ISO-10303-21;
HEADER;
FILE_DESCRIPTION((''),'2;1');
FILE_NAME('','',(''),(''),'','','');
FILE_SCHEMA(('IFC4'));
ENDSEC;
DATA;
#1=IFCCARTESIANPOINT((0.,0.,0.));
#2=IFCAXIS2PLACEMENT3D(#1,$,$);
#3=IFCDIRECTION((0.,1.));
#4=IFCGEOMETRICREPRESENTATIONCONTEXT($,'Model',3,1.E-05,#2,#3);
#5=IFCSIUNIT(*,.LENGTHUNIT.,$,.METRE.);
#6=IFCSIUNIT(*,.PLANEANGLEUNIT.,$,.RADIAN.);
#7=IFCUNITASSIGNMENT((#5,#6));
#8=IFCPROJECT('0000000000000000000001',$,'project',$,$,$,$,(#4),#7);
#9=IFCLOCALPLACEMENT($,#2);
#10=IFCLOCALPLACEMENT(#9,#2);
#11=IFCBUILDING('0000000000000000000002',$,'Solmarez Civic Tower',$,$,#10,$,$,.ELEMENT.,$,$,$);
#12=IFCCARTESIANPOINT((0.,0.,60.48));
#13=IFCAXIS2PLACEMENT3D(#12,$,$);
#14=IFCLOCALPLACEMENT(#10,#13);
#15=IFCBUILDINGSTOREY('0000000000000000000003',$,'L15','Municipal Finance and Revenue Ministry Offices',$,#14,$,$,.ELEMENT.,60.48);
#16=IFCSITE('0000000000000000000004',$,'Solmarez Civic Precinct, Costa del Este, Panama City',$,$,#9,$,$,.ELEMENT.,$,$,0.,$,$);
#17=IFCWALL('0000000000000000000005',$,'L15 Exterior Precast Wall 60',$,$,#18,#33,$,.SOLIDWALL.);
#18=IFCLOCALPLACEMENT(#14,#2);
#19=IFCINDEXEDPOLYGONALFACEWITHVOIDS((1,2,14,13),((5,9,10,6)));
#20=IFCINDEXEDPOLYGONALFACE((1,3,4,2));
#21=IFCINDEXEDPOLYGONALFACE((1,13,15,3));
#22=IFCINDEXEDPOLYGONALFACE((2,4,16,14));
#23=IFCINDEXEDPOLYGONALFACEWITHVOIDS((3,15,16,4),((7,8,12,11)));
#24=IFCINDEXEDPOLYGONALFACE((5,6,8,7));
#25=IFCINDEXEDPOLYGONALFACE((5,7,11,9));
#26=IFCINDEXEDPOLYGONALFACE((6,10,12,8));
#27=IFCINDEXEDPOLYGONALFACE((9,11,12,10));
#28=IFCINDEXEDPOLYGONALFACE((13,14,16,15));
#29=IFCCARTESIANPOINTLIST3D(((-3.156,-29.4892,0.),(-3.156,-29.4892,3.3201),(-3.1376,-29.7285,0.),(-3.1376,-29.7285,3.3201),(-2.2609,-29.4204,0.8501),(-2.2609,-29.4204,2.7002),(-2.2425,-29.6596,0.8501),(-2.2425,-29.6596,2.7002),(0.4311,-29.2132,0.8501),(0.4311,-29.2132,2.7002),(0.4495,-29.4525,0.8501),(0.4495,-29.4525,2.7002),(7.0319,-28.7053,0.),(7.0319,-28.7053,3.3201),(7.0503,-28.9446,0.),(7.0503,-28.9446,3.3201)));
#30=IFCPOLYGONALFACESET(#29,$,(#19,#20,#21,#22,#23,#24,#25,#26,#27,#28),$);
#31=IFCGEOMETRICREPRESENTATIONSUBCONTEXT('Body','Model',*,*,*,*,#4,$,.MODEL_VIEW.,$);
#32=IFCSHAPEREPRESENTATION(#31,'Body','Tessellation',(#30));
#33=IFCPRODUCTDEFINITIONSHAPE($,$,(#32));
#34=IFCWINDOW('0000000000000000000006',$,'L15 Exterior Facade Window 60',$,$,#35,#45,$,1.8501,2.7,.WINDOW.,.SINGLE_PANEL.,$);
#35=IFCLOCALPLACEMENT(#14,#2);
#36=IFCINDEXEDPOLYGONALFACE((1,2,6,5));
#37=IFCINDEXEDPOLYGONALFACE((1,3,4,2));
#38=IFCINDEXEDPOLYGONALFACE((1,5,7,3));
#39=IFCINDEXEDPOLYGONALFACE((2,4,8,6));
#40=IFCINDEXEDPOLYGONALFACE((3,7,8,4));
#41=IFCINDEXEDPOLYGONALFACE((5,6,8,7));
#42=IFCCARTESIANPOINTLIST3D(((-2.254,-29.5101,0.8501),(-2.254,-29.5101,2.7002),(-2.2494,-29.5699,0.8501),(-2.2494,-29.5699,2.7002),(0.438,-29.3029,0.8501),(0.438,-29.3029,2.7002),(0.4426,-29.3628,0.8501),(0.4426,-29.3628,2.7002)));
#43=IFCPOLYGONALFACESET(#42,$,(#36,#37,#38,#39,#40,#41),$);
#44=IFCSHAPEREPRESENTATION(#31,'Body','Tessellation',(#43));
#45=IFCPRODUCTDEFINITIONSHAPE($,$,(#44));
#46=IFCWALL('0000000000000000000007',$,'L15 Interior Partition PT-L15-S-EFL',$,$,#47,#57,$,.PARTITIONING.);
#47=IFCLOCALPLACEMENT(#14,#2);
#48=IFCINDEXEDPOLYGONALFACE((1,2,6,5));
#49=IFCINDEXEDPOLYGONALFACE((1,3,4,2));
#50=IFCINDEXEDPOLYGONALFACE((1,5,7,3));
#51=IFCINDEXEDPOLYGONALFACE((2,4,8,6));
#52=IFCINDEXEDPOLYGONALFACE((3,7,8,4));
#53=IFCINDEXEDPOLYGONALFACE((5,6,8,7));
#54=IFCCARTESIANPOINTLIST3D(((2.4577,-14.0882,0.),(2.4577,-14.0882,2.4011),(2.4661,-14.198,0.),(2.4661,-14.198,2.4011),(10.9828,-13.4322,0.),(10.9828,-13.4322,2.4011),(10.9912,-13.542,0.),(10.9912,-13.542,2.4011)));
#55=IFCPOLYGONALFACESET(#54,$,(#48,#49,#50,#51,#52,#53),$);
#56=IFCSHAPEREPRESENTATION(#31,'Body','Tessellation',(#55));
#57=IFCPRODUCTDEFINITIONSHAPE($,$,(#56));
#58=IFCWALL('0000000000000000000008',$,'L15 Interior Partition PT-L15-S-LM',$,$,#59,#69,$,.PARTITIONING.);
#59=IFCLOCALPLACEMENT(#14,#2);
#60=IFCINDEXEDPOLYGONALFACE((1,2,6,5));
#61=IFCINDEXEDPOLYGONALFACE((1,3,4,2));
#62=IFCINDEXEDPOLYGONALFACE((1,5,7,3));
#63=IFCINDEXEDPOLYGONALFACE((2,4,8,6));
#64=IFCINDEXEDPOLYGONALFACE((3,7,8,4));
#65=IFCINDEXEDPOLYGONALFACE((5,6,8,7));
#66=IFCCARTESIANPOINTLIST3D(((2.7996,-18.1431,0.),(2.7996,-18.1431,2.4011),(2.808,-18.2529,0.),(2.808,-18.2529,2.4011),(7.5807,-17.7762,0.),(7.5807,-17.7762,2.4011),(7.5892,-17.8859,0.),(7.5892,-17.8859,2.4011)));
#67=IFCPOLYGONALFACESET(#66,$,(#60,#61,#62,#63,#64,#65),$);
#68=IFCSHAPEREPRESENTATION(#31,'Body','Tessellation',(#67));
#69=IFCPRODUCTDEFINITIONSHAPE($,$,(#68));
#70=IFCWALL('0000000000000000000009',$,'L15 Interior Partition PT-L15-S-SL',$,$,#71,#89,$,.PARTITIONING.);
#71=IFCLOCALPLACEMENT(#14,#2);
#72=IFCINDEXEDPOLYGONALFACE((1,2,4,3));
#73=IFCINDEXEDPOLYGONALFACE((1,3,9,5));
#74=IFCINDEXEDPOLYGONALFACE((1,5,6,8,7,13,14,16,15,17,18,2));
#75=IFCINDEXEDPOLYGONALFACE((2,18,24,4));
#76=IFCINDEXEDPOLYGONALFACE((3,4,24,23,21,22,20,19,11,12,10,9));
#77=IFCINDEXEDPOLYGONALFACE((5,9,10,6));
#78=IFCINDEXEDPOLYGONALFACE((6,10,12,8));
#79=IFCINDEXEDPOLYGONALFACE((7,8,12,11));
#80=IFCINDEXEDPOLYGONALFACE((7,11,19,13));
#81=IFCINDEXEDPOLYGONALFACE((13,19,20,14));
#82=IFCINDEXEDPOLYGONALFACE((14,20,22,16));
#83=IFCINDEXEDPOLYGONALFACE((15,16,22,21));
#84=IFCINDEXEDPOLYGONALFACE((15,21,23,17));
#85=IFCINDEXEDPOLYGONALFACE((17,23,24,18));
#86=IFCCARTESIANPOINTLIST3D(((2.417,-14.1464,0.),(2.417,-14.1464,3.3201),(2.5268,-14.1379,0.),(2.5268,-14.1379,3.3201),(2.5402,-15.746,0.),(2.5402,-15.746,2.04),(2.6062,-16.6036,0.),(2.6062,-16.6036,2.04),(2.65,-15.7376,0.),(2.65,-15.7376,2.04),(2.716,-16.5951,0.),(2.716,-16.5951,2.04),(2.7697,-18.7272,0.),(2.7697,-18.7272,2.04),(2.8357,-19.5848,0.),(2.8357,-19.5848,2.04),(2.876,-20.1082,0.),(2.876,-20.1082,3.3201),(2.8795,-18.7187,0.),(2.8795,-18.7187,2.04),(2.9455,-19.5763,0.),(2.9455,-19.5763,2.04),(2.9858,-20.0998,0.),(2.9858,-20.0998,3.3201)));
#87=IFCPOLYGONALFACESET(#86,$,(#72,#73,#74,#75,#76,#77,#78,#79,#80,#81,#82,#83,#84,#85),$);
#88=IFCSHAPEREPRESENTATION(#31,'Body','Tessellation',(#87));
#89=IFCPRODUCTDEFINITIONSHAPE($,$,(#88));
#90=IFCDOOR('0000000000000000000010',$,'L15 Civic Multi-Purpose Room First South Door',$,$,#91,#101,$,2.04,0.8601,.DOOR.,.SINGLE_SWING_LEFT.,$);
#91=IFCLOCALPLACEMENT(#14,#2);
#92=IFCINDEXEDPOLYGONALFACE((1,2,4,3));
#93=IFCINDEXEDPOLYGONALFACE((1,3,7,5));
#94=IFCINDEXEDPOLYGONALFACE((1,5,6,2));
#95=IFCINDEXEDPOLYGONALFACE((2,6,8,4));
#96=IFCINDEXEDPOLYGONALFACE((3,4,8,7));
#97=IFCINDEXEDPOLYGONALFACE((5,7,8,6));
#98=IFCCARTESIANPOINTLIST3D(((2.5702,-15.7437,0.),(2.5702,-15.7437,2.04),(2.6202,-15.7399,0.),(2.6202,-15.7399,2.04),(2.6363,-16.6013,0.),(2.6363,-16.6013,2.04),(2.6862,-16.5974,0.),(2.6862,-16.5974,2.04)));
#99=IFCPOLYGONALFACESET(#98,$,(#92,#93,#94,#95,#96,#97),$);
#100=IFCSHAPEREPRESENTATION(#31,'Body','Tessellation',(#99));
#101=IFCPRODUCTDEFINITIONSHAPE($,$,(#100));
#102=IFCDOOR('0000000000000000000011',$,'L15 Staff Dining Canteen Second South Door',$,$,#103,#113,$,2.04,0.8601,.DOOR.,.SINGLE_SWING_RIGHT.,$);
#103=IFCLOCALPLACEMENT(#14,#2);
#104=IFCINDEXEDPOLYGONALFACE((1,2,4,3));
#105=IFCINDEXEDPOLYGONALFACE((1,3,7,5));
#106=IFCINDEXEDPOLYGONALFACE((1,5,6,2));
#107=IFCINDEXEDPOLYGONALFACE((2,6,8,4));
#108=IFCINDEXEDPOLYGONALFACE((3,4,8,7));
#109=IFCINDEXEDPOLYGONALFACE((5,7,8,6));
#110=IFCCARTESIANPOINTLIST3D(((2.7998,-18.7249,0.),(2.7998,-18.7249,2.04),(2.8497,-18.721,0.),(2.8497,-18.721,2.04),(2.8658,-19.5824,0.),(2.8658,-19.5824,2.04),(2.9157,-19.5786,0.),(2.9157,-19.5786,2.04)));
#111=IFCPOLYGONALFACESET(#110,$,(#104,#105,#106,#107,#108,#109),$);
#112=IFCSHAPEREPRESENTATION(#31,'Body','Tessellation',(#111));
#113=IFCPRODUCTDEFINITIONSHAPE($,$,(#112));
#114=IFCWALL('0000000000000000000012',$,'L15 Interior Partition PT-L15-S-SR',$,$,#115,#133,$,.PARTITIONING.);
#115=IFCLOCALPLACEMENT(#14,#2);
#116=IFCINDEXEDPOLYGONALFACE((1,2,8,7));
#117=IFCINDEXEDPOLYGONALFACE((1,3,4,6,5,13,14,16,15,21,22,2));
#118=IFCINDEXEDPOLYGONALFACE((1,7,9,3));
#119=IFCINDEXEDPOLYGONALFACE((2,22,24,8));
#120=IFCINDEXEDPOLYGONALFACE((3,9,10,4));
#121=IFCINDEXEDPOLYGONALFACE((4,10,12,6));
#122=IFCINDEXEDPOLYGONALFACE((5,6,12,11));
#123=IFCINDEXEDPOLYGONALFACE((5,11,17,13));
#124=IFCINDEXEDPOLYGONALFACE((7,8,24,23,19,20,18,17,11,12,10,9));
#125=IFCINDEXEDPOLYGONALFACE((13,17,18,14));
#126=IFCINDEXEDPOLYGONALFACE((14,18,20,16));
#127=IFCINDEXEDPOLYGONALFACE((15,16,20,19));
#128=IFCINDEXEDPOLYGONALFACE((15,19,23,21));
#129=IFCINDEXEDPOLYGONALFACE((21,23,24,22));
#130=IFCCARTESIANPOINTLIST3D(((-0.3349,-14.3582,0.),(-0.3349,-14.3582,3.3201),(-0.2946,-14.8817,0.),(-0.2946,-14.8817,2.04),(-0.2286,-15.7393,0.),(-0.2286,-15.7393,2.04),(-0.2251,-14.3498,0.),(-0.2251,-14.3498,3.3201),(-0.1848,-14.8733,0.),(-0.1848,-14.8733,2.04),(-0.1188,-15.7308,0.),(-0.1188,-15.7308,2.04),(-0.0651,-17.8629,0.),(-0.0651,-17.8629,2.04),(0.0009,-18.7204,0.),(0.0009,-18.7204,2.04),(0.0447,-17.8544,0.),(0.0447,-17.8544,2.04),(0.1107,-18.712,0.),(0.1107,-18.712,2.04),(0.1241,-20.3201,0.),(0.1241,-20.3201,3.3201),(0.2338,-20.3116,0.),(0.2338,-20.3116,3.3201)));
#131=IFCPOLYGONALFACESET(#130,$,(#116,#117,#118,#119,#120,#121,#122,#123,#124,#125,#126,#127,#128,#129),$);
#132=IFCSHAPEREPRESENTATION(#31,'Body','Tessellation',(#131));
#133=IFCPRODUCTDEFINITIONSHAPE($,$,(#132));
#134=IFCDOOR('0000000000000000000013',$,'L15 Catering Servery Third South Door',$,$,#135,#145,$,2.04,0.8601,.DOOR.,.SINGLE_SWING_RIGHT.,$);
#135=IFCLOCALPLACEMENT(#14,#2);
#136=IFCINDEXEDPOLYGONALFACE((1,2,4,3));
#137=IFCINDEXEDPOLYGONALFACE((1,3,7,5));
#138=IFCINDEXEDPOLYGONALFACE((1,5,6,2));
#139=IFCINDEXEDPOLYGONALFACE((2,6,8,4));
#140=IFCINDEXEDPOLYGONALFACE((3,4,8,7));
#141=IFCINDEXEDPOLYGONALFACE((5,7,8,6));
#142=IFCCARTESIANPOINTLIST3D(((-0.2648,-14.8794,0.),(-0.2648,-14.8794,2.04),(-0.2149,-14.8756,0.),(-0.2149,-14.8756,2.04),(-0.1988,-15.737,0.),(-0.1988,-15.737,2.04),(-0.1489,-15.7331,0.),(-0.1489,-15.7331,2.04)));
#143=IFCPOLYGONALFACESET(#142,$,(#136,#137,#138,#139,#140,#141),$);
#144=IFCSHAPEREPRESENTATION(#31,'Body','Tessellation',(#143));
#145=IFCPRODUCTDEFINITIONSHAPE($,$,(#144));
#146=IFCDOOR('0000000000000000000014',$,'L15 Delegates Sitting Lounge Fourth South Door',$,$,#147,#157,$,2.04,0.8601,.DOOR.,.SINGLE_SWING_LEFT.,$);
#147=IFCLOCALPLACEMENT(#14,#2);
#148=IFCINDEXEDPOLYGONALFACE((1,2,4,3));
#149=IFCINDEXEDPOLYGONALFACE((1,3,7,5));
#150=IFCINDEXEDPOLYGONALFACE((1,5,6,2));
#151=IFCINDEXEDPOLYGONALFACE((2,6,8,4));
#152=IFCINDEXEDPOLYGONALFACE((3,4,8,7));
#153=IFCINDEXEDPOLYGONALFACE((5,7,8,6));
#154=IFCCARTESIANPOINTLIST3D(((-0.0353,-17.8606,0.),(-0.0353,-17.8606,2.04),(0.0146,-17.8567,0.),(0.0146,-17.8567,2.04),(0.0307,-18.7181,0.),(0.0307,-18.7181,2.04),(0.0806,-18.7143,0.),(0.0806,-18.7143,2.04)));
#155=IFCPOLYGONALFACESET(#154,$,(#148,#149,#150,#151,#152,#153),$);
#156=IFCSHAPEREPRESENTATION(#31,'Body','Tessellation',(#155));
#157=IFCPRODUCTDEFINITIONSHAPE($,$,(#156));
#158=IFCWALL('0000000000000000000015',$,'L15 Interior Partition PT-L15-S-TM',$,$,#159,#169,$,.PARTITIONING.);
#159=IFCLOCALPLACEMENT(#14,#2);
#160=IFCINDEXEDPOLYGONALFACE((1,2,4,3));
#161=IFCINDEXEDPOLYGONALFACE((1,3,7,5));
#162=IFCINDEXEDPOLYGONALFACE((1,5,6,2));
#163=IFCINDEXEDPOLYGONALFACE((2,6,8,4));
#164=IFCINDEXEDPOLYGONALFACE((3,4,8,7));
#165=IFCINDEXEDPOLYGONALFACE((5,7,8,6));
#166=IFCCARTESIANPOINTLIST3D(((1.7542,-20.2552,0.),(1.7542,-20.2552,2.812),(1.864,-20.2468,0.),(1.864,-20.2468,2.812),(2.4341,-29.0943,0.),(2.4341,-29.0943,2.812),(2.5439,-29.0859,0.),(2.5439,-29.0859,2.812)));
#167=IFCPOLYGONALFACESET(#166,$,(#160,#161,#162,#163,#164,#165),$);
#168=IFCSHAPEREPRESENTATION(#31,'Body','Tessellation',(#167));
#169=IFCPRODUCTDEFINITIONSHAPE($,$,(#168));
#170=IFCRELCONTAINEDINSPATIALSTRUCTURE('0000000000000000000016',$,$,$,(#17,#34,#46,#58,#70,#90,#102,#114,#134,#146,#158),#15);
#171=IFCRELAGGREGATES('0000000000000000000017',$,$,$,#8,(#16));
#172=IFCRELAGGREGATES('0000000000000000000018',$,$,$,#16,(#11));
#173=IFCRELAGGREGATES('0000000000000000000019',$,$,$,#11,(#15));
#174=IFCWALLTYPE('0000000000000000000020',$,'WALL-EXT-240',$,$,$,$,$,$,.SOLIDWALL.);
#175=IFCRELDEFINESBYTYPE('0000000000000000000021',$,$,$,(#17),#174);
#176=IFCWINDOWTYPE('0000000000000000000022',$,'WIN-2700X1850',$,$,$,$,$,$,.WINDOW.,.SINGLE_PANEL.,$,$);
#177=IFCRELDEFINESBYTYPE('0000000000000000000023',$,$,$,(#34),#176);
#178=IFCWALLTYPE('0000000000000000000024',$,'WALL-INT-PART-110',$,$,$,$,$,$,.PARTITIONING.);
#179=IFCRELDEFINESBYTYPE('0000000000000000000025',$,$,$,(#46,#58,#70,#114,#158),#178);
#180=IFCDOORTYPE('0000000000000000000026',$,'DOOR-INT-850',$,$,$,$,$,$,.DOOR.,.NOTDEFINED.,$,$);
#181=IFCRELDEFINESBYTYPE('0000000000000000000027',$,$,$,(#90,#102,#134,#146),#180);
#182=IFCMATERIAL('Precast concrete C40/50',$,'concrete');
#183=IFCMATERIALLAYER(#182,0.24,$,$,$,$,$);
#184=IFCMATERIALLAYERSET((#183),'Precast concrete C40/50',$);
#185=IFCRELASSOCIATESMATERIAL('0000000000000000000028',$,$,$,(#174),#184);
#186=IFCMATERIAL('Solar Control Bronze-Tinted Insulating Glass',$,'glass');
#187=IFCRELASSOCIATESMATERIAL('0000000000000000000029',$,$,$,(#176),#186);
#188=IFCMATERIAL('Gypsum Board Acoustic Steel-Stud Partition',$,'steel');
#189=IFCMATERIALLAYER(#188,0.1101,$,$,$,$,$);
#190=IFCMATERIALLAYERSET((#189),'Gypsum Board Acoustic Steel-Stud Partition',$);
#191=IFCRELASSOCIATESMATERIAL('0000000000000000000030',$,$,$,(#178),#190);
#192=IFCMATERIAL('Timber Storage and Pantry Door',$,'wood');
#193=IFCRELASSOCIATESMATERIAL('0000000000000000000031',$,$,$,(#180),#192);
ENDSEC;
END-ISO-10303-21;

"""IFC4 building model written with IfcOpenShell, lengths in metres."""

from ifc_helpers import new_model, si_unit, direction, frame, frame_2d, origin, place, context, subcontext, project, spatial, rectangle, extrude, material, layer, layer_set, type_object, element, fill, save


model = new_model("IFC4")

# Units and contexts
model_context = context("Model", 3, precision=1e-05, world=origin(), true_north=direction((0.0, 1.0)))
body_context = subcontext(model_context, "Body", "Model", "MODEL_VIEW")
ifc_project = project(units=[si_unit("LENGTHUNIT", "METRE"), si_unit("PLANEANGLEUNIT", "RADIAN")], contexts=[model_context])

# Site, building, storey
site_placement = place(None, origin())
site = spatial("IfcSite", under=ifc_project, at=site_placement, Name="Solmarez Civic Precinct, Costa del Este, Panama City", CompositionType="ELEMENT", RefElevation=0.0)
building_placement = place(site_placement, origin())
building = spatial("IfcBuilding", under=site, at=building_placement, Name="Solmarez Civic Tower", CompositionType="ELEMENT")
storey_placement = place(building_placement, frame((0.0, 0.0, 60.48)))
storey = spatial("IfcBuildingStorey", under=building, at=storey_placement, Name="L15", Description="Municipal Finance and Revenue Ministry Offices", CompositionType="ELEMENT", Elevation=60.48)

# Shared definitions
ifc_material_1 = material(Name="Precast concrete C40/50", Category="concrete")
ifc_layer_1 = layer(ifc_material_1, 0.24)
ifc_layer_set_1 = layer_set([ifc_layer_1], Name="Precast concrete C40/50")
wall_type_1 = type_object("IfcWallType", Name="WALL-EXT-240", PredefinedType="SOLIDWALL", material=ifc_layer_set_1)
ifc_material_2 = material(Name="Solar Control Bronze-Tinted Insulating Glass", Category="glass")

# Wall, opening, window
wall_1_placement = place(storey_placement, frame((7.041, -28.825, 0.0), z_axis=(0.0, 0.0, 1.0), x_axis=(-0.997053, -0.07672, 0.0)))
wall_1 = element("IfcWall", 1, at=wall_1_placement, inside=storey, type_object=wall_type_1, Name="L15 Exterior Precast Wall 60", PredefinedType="SOLIDWALL", context=body_context, shape_type="SweptSolid", body=[
    extrude(rectangle(XDim=10.218, YDim=0.24, at=frame_2d((5.1089, 0.0))), origin(), (0.0, 0.0, 1.0), 3.3201),
])
opening_1_placement = place(wall_1_placement, frame((6.6201, 0.0, 0.8501)))
opening_1 = element("IfcOpeningElement", 2, at=opening_1_placement, cuts=wall_1, PredefinedType="OPENING", context=body_context, shape_type="SweptSolid", body=[
    extrude(rectangle(XDim=2.7, YDim=1.8501, at=frame_2d((1.3501, 0.925))), frame((0.0, 0.1299, 0.0), z_axis=(0.0, -1.0, 0.0), x_axis=(1.0, 0.0, 0.0)), (0.0, 0.0, 1.0), 0.26),
])
window_type_1 = type_object("IfcWindowType", Name="WIN-2700X1850", PartitioningType="SINGLE_PANEL", PredefinedType="WINDOW", material=ifc_material_2)
window_1_placement = place(opening_1_placement, origin())
window_1 = element("IfcWindow", 3, at=window_1_placement, inside=storey, type_object=window_type_1, Name="L15 Exterior Facade Window 60", OverallHeight=1.8501, OverallWidth=2.7, PartitioningType="SINGLE_PANEL", PredefinedType="WINDOW", context=body_context, shape_type="SweptSolid", body=[
    extrude(rectangle(XDim=2.7, YDim=1.8501, at=frame_2d((1.3501, 0.925))), frame((0.0, 0.03, 0.0), z_axis=(0.0, -1.0, 0.0), x_axis=(1.0, 0.0, 0.0)), (0.0, 0.0, 1.0), 0.0601),
])
fill(opening_1, window_1)

# Walls
ifc_material_3 = material(Name="Gypsum Board Acoustic Steel-Stud Partition", Category="steel")
ifc_layer_2 = layer(ifc_material_3, 0.1101)
ifc_layer_set_2 = layer_set([ifc_layer_2], Name="Gypsum Board Acoustic Steel-Stud Partition")
wall_type_2 = type_object("IfcWallType", Name="WALL-INT-PART-110", PredefinedType="PARTITIONING", material=ifc_layer_set_2)
wall_2_placement = place(storey_placement, frame((2.4619, -14.1431, 0.0), z_axis=(0.0, 0.0, 1.0), x_axis=(0.997052, 0.076723, 0.0)))
element("IfcWall", 4, at=wall_2_placement, inside=storey, type_object=wall_type_2, Name="L15 Interior Partition PT-L15-S-EFL", PredefinedType="PARTITIONING", context=body_context, shape_type="SweptSolid", body=[
    extrude(rectangle(XDim=8.5503, YDim=0.1101, at=frame_2d((4.2751, 0.0))), origin(), (0.0, 0.0, 1.0), 2.4011),
])
wall_3_placement = place(storey_placement, frame((2.804, -18.198, 0.0), z_axis=(0.0, 0.0, 1.0), x_axis=(0.997068, 0.076525, 0.0)))
element("IfcWall", 5, at=wall_3_placement, inside=storey, type_object=wall_type_2, Name="L15 Interior Partition PT-L15-S-LM", PredefinedType="PARTITIONING", context=body_context, shape_type="SweptSolid", body=[
    extrude(rectangle(XDim=4.7952, YDim=0.1101, at=frame_2d((2.3975, 0.0))), origin(), (0.0, 0.0, 1.0), 2.4011),
])

# Walls, openings, doors
wall_4_placement = place(storey_placement, frame((2.9309, -20.104, 0.0), z_axis=(0.0, 0.0, 1.0), x_axis=(-0.076759, 0.99705, 0.0)))
wall_4 = element("IfcWall", 6, at=wall_4_placement, inside=storey, type_object=wall_type_2, Name="L15 Interior Partition PT-L15-S-SL", PredefinedType="PARTITIONING", context=body_context, shape_type="SweptSolid", body=[
    extrude(rectangle(XDim=5.9795, YDim=0.1101, at=frame_2d((2.9897, 0.0))), origin(), (0.0, 0.0, 1.0), 3.3201),
])
opening_2_placement = place(wall_4_placement, frame((3.5149, 0.0, 0.0)))
opening_2 = element("IfcOpeningElement", 7, at=opening_2_placement, cuts=wall_4, PredefinedType="OPENING", context=body_context, shape_type="SweptSolid", body=[
    extrude(rectangle(XDim=0.8601, YDim=2.04, at=frame_2d((0.4302, 1.02))), frame((0.0, 0.0649, 0.0), z_axis=(0.0, -1.0, 0.0), x_axis=(1.0, 0.0, 0.0)), (0.0, 0.0, 1.0), 0.1301),
])
opening_3_placement = place(wall_4_placement, frame((0.5249, 0.0, 0.0)))
opening_3 = element("IfcOpeningElement", 8, at=opening_3_placement, cuts=wall_4, PredefinedType="OPENING", context=body_context, shape_type="SweptSolid", body=[
    extrude(rectangle(XDim=0.8601, YDim=2.04, at=frame_2d((0.4302, 1.02))), frame((0.0, 0.0649, 0.0), z_axis=(0.0, -1.0, 0.0), x_axis=(1.0, 0.0, 0.0)), (0.0, 0.0, 1.0), 0.1301),
])
ifc_material_4 = material(Name="Timber Storage and Pantry Door", Category="wood")
door_type = type_object("IfcDoorType", Name="DOOR-INT-850", OperationType="NOTDEFINED", PredefinedType="DOOR", material=ifc_material_4)
door_1_placement = place(opening_2_placement, origin())
door_1 = element("IfcDoor", 9, at=door_1_placement, inside=storey, type_object=door_type, Name="L15 Civic Multi-Purpose Room First South Door", OperationType="SINGLE_SWING_LEFT", OverallHeight=2.04, OverallWidth=0.8601, PredefinedType="DOOR", context=body_context, shape_type="SweptSolid", body=[
    extrude(rectangle(XDim=0.8601, YDim=2.04, at=frame_2d((0.4302, 1.02))), frame((0.0, 0.0249, 0.0), z_axis=(0.0, -1.0, 0.0), x_axis=(1.0, 0.0, 0.0)), (0.0, 0.0, 1.0), 0.05),
])
fill(opening_2, door_1)
door_2_placement = place(opening_3_placement, origin())
door_2 = element("IfcDoor", 10, at=door_2_placement, inside=storey, type_object=door_type, Name="L15 Staff Dining Canteen Second South Door", OperationType="SINGLE_SWING_RIGHT", OverallHeight=2.04, OverallWidth=0.8601, PredefinedType="DOOR", context=body_context, shape_type="SweptSolid", body=[
    extrude(rectangle(XDim=0.8601, YDim=2.04, at=frame_2d((0.4302, 1.02))), frame((0.0, 0.0249, 0.0), z_axis=(0.0, -1.0, 0.0), x_axis=(1.0, 0.0, 0.0)), (0.0, 0.0, 1.0), 0.05),
])
fill(opening_3, door_2)
wall_5_placement = place(storey_placement, frame((-0.28, -14.354, 0.0), z_axis=(0.0, 0.0, 1.0), x_axis=(0.076759, -0.99705, 0.0)))
wall_5 = element("IfcWall", 11, at=wall_5_placement, inside=storey, type_object=wall_type_2, Name="L15 Interior Partition PT-L15-S-SR", PredefinedType="PARTITIONING", context=body_context, shape_type="SweptSolid", body=[
    extrude(rectangle(XDim=5.9795, YDim=0.1101, at=frame_2d((2.9897, 0.0))), origin(), (0.0, 0.0, 1.0), 3.3201),
])
opening_4_placement = place(wall_5_placement, frame((0.5249, 0.0, 0.0)))
opening_4 = element("IfcOpeningElement", 12, at=opening_4_placement, cuts=wall_5, PredefinedType="OPENING", context=body_context, shape_type="SweptSolid", body=[
    extrude(rectangle(XDim=0.8601, YDim=2.04, at=frame_2d((0.4302, 1.02))), frame((0.0, 0.0649, 0.0), z_axis=(0.0, -1.0, 0.0), x_axis=(1.0, 0.0, 0.0)), (0.0, 0.0, 1.0), 0.1301),
])
opening_5_placement = place(wall_5_placement, frame((3.5149, 0.0, 0.0)))
opening_5 = element("IfcOpeningElement", 13, at=opening_5_placement, cuts=wall_5, PredefinedType="OPENING", context=body_context, shape_type="SweptSolid", body=[
    extrude(rectangle(XDim=0.8601, YDim=2.04, at=frame_2d((0.4302, 1.02))), frame((0.0, 0.0649, 0.0), z_axis=(0.0, -1.0, 0.0), x_axis=(1.0, 0.0, 0.0)), (0.0, 0.0, 1.0), 0.1301),
])
door_3_placement = place(opening_4_placement, origin())
door_3 = element("IfcDoor", 14, at=door_3_placement, inside=storey, type_object=door_type, Name="L15 Catering Servery Third South Door", OperationType="SINGLE_SWING_RIGHT", OverallHeight=2.04, OverallWidth=0.8601, PredefinedType="DOOR", context=body_context, shape_type="SweptSolid", body=[
    extrude(rectangle(XDim=0.8601, YDim=2.04, at=frame_2d((0.4302, 1.02))), frame((0.0, 0.0249, 0.0), z_axis=(0.0, -1.0, 0.0), x_axis=(1.0, 0.0, 0.0)), (0.0, 0.0, 1.0), 0.05),
])
fill(opening_4, door_3)
door_4_placement = place(opening_5_placement, origin())
door_4 = element("IfcDoor", 15, at=door_4_placement, inside=storey, type_object=door_type, Name="L15 Delegates Sitting Lounge Fourth South Door", OperationType="SINGLE_SWING_LEFT", OverallHeight=2.04, OverallWidth=0.8601, PredefinedType="DOOR", context=body_context, shape_type="SweptSolid", body=[
    extrude(rectangle(XDim=0.8601, YDim=2.04, at=frame_2d((0.4302, 1.02))), frame((0.0, 0.0249, 0.0), z_axis=(0.0, -1.0, 0.0), x_axis=(1.0, 0.0, 0.0)), (0.0, 0.0, 1.0), 0.05),
])
fill(opening_5, door_4)

# Wall
wall_6_placement = place(storey_placement, frame((1.8091, -20.251, 0.0), z_axis=(0.0, 0.0, 1.0), x_axis=(0.076696, -0.997054, 0.0)))
element("IfcWall", 16, at=wall_6_placement, inside=storey, type_object=wall_type_2, Name="L15 Interior Partition PT-L15-S-TM", PredefinedType="PARTITIONING", context=body_context, shape_type="SweptSolid", body=[
    extrude(rectangle(XDim=8.8652, YDim=0.1101, at=frame_2d((4.4326, 0.0))), origin(), (0.0, 0.0, 1.0), 2.812),
])

save(model, "model.ifc")
